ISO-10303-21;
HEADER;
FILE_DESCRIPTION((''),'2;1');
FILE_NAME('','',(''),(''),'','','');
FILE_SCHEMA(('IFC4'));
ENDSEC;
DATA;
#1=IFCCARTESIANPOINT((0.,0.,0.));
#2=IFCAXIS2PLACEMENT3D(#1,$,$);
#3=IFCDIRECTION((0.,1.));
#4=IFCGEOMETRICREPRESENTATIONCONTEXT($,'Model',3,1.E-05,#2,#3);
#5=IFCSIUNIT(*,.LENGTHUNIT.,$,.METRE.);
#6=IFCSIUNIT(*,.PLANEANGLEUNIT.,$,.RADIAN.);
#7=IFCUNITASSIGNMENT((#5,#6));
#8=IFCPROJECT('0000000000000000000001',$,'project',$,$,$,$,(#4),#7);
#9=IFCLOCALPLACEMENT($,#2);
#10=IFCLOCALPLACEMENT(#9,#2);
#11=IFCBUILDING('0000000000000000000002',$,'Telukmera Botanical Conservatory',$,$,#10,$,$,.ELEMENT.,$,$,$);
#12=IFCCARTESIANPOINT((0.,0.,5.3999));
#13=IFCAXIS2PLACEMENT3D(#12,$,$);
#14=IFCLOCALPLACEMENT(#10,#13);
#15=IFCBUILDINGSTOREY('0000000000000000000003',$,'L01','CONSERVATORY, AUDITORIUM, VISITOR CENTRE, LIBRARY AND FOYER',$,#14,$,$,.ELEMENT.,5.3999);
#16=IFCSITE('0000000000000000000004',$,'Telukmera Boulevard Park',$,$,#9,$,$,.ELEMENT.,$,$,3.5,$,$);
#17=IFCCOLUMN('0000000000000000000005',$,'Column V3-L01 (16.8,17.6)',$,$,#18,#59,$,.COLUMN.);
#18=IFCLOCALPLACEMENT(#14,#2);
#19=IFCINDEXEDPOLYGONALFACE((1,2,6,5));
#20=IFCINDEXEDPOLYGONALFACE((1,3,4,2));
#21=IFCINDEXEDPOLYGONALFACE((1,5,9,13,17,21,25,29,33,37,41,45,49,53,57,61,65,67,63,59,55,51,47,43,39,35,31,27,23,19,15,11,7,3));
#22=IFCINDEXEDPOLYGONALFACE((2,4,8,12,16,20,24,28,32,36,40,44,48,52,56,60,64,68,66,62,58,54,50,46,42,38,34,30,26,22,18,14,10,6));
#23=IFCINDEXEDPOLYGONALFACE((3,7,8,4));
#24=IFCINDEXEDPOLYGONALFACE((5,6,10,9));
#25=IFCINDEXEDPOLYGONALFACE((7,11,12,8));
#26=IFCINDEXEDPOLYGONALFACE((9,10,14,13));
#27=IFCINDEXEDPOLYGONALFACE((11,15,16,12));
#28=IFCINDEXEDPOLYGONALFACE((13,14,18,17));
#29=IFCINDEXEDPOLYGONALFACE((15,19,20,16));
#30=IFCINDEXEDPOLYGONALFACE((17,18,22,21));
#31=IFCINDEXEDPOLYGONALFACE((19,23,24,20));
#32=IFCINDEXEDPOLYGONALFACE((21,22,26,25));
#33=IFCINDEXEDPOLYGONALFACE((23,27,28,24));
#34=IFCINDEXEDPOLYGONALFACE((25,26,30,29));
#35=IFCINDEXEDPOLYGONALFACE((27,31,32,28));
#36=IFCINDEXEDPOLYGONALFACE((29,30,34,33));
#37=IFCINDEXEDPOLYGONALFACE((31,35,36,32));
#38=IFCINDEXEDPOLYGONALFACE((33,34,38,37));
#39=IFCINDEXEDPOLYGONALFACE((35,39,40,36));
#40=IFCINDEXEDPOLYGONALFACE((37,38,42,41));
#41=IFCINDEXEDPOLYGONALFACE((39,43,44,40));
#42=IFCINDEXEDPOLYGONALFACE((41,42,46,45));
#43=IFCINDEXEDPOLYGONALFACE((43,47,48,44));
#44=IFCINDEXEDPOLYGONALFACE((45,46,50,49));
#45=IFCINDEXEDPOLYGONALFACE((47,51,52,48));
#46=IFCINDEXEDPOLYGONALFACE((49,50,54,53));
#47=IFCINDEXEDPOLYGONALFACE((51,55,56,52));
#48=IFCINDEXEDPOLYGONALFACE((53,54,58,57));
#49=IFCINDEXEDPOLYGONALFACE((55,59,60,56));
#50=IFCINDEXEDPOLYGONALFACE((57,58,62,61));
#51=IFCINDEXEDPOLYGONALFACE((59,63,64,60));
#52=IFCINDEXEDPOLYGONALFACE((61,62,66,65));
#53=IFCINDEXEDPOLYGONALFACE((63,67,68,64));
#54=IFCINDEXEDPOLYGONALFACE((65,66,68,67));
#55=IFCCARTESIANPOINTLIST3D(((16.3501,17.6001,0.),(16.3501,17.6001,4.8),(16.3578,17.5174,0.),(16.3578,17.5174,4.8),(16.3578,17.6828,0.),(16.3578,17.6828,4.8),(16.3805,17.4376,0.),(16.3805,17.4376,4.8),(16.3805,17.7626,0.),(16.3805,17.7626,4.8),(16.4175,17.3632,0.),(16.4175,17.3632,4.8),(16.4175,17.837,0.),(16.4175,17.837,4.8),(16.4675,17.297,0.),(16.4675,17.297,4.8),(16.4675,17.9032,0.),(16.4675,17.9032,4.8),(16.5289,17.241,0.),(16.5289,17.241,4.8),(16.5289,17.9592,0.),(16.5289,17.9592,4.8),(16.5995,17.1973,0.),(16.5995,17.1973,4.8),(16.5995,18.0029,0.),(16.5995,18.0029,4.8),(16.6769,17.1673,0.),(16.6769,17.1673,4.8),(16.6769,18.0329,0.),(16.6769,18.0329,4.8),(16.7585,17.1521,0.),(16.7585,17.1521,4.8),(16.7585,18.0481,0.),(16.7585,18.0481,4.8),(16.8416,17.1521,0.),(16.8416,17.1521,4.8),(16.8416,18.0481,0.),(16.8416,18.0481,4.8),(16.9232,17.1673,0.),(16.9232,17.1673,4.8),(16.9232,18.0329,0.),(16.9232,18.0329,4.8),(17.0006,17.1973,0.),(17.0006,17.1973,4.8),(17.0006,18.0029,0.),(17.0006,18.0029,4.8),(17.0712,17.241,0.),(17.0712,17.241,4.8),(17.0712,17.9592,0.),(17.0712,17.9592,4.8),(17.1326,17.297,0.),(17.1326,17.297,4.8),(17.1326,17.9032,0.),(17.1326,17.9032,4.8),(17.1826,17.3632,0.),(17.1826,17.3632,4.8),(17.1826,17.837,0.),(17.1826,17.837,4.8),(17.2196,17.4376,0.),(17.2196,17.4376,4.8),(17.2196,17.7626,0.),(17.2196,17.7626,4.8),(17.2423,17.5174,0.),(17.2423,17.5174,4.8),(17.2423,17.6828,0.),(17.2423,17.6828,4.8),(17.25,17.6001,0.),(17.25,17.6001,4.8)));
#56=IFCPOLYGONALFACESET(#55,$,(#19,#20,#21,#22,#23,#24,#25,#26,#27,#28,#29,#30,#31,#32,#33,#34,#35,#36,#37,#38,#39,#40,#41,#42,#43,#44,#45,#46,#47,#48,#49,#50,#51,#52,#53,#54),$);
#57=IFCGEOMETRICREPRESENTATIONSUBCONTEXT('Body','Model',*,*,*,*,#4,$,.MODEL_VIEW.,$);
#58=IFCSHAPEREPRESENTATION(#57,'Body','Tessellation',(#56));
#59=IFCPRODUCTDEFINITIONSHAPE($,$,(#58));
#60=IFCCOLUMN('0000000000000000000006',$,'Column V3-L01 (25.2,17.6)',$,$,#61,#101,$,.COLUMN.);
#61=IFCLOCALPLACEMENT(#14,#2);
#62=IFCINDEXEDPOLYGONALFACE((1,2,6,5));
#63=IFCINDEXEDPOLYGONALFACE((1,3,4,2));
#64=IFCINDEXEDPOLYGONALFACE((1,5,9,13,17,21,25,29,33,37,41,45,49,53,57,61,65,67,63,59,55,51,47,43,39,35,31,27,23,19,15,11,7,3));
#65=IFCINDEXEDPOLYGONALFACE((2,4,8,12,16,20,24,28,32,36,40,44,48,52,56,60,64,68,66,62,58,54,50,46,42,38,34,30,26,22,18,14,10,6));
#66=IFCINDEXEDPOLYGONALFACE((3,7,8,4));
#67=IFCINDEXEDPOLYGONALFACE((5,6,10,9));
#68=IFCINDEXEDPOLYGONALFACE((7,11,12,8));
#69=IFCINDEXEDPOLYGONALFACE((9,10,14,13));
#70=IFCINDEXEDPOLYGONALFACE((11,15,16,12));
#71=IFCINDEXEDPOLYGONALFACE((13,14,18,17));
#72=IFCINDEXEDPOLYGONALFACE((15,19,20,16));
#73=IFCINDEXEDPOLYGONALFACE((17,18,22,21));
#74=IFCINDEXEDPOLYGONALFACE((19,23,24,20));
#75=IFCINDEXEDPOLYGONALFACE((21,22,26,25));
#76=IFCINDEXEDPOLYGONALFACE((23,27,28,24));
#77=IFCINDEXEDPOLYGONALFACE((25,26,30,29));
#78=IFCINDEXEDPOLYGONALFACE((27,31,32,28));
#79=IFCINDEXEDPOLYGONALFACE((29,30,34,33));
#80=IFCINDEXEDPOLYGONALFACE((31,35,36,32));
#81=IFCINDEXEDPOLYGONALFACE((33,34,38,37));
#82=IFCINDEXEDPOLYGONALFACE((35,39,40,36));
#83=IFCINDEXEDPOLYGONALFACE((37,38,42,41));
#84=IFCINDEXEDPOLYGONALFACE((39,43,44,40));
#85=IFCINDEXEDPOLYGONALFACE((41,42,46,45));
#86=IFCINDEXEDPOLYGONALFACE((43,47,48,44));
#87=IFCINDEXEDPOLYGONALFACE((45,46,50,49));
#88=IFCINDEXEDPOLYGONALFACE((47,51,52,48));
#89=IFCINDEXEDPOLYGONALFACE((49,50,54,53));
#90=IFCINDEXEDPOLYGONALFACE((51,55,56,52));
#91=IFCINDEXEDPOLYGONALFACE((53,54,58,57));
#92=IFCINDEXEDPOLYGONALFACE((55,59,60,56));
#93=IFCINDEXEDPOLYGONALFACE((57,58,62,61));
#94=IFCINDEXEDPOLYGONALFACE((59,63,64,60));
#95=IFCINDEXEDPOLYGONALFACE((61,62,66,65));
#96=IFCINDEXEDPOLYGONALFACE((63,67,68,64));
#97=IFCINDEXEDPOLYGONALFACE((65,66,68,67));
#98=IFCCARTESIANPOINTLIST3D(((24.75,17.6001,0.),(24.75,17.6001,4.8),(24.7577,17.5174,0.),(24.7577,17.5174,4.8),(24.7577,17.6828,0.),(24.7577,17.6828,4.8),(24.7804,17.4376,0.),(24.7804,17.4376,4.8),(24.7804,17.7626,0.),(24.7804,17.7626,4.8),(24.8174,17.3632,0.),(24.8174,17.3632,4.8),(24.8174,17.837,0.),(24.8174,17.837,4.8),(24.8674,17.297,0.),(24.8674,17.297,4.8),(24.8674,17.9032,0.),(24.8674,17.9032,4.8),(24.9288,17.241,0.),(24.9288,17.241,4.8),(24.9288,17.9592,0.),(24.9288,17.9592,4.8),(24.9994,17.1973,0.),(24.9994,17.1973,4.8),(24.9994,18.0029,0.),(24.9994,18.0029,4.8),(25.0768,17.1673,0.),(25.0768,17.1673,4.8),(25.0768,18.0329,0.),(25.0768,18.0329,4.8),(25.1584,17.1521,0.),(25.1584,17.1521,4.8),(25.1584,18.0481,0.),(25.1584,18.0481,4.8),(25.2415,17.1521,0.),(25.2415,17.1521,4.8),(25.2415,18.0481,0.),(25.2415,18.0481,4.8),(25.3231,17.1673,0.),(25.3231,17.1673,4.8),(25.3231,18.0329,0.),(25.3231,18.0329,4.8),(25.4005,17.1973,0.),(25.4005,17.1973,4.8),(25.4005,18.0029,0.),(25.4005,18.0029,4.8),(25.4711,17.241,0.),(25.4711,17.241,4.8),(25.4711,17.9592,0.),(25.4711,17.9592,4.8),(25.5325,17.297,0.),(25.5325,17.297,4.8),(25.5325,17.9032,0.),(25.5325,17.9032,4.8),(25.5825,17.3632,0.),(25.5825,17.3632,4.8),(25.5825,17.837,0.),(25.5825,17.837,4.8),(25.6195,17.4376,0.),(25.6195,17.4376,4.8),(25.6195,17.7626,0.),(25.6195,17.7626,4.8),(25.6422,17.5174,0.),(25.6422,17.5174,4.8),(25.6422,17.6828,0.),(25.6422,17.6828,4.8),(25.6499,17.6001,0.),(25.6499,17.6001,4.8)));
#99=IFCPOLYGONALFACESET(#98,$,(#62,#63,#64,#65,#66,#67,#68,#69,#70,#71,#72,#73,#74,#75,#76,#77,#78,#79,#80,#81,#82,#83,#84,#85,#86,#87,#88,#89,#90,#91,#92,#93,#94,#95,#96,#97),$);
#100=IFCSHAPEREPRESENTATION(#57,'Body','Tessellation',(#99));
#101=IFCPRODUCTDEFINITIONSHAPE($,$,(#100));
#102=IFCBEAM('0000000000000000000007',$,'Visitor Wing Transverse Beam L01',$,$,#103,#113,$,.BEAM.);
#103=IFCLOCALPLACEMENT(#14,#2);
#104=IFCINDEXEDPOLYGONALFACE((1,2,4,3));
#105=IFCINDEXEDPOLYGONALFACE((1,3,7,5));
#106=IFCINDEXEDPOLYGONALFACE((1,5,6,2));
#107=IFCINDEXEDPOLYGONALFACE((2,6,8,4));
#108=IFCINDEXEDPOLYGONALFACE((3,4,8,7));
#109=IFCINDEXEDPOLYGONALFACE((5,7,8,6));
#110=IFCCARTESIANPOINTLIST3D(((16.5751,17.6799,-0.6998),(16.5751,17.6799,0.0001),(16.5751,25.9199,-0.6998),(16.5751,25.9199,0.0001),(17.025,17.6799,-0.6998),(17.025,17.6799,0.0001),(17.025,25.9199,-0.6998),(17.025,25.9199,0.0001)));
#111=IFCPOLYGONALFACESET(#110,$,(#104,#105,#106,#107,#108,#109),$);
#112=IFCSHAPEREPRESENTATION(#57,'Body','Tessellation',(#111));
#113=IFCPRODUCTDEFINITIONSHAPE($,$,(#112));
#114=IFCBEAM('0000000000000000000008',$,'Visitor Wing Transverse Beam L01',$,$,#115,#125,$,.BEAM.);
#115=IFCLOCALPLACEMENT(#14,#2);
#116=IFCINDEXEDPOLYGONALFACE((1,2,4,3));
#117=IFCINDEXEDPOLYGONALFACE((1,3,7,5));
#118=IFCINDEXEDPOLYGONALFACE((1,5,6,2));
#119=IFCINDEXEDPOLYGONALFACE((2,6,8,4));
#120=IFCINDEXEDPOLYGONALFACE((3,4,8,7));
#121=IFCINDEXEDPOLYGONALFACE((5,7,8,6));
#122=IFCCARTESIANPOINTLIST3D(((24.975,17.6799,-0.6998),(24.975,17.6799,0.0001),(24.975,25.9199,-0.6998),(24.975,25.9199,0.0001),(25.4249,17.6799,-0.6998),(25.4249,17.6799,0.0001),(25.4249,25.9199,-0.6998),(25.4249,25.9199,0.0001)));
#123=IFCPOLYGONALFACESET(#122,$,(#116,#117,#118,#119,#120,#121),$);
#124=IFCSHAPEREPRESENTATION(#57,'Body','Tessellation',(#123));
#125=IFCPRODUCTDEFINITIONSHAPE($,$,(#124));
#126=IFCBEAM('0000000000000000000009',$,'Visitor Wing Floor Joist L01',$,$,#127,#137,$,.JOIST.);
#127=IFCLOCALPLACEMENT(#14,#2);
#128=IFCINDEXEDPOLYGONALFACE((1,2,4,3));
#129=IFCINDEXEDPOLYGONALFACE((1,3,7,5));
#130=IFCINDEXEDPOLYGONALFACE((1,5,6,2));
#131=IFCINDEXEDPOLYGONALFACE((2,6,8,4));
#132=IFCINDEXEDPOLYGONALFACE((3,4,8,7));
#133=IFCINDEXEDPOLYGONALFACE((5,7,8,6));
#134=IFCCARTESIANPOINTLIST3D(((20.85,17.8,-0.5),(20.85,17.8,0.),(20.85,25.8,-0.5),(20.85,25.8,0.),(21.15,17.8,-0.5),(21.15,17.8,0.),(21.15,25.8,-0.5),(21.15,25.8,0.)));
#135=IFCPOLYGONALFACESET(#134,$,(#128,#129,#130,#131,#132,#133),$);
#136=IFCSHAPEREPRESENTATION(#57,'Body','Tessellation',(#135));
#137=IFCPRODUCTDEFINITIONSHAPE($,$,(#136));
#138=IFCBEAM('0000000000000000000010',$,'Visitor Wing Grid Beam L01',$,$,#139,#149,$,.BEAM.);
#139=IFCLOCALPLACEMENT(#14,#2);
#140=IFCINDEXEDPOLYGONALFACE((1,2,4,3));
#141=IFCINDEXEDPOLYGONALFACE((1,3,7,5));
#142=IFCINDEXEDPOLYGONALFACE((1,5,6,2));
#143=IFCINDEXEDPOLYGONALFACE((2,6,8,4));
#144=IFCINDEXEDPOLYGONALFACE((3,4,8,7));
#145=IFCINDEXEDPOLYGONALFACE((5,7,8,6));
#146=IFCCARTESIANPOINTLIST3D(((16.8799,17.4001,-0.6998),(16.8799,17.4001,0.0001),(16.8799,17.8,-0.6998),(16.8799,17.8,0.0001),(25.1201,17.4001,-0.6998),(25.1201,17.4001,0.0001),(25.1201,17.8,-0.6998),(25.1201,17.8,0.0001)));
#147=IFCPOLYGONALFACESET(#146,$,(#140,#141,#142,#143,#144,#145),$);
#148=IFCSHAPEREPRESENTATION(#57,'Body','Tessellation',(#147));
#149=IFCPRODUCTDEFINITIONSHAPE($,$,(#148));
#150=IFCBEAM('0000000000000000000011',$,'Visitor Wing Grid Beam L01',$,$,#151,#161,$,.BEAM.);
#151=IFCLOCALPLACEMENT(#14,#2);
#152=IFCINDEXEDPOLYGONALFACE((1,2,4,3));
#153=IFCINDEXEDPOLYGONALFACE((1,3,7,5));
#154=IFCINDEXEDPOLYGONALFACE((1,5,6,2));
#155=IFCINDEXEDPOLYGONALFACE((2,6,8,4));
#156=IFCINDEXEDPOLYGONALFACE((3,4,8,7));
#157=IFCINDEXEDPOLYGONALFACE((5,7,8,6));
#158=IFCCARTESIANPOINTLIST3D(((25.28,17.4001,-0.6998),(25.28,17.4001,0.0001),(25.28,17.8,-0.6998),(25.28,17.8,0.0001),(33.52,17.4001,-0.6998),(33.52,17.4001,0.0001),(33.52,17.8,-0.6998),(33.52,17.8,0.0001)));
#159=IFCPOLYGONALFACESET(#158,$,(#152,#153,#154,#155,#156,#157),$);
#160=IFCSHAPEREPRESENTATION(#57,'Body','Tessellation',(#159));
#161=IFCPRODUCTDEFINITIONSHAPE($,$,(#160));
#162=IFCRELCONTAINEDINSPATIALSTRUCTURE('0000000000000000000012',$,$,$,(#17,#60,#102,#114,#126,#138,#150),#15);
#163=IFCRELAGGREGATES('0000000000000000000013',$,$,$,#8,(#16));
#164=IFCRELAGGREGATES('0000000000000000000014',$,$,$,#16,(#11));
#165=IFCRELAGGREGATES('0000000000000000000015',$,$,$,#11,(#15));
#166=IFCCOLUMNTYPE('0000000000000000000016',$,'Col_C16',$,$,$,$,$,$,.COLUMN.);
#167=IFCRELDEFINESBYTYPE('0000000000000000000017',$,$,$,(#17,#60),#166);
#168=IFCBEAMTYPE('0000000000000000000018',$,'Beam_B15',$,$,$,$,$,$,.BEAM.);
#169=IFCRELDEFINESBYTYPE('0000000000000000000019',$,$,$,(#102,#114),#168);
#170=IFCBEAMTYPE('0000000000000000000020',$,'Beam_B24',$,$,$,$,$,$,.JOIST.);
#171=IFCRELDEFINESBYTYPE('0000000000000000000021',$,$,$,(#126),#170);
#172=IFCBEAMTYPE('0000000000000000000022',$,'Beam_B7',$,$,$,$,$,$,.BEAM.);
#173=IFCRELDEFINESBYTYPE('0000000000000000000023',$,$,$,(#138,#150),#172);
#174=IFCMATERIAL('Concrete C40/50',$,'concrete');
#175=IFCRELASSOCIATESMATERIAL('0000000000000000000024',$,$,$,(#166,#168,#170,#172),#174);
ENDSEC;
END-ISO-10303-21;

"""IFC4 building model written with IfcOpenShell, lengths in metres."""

from ifc_helpers import new_model, si_unit, direction, frame, origin, origin_2d, place, context, subcontext, project, spatial, rectangle, circle, extrude, material, material_profile, profile_set, type_object, element, save


model = new_model("IFC4")

# Units and contexts
model_context = context("Model", 3, precision=1e-05, world=origin(), true_north=direction((0.0, 1.0)))
body_context = subcontext(model_context, "Body", "Model", "MODEL_VIEW")
ifc_project = project(units=[si_unit("LENGTHUNIT", "METRE"), si_unit("PLANEANGLEUNIT", "RADIAN")], contexts=[model_context])

# Site, building, storey
site_placement = place(None, origin())
site = spatial("IfcSite", under=ifc_project, at=site_placement, Name="Telukmera Boulevard Park", CompositionType="ELEMENT", RefElevation=3.5)
building_placement = place(site_placement, origin())
building = spatial("IfcBuilding", under=site, at=building_placement, Name="Telukmera Botanical Conservatory", CompositionType="ELEMENT")
storey_placement = place(building_placement, frame((0.0, 0.0, 5.3999)))
storey = spatial("IfcBuildingStorey", under=building, at=storey_placement, Name="L01", Description="CONSERVATORY, AUDITORIUM, VISITOR CENTRE, LIBRARY AND FOYER", CompositionType="ELEMENT", Elevation=5.3999)

# Columns
ifc_material_1 = material(Name="Concrete C40/50", Category="concrete")
ifc_material_profile_1 = material_profile(ifc_material_1, circle(Radius=0.45, at=origin_2d()), Name="RC D900")
ifc_profile_set_1 = profile_set([ifc_material_profile_1], Name="Concrete C40/50")
column_type = type_object("IfcColumnType", Name="Col_C16", PredefinedType="COLUMN", material=ifc_profile_set_1)
for number, where, z_axis, x_axis, name in (
    (1, (16.8, 17.6001, 0.0), (0.0, 0.0, 1.0), (1.0, 0.0, 0.0), "Column V3-L01 (16.8,17.6)"),
    (2, (25.2, 17.6001, 0.0), (0.0, 0.0, 1.0), (1.0, 0.0, 0.0), "Column V3-L01 (25.2,17.6)"),
):
    element("IfcColumn", number, at=place(storey_placement, frame(where, z_axis=z_axis, x_axis=x_axis)), inside=storey, type_object=column_type, Name=name, PredefinedType="COLUMN", context=body_context, shape_type="SweptSolid", body=[
        extrude(circle(Radius=0.45, at=origin_2d()), origin(), (0.0, 0.0, 1.0), 4.8),
    ])

# Beams
ifc_material_profile_2 = material_profile(ifc_material_1, rectangle(XDim=0.45, YDim=0.7, at=origin_2d()), Name="RC 450x700")
ifc_profile_set_2 = profile_set([ifc_material_profile_2], Name="Concrete C40/50")
beam_type_1 = type_object("IfcBeamType", Name="Beam_B15", PredefinedType="BEAM", material=ifc_profile_set_2)
for number, where, z_axis, x_axis, name in (
    (3, (16.8, 17.6799, -0.3499), (0.0, 1.0, 0.0), (-1.0, 0.0, 0.0), "Visitor Wing Transverse Beam L01"),
    (4, (25.2, 17.6799, -0.3499), (0.0, 1.0, 0.0), (-1.0, 0.0, 0.0), "Visitor Wing Transverse Beam L01"),
):
    element("IfcBeam", number, at=place(storey_placement, frame(where, z_axis=z_axis, x_axis=x_axis)), inside=storey, type_object=beam_type_1, Name=name, PredefinedType="BEAM", context=body_context, shape_type="SweptSolid", body=[
        extrude(rectangle(XDim=0.45, YDim=0.7, at=origin_2d()), origin(), (0.0, 0.0, 1.0), 8.24),
    ])
ifc_material_profile_3 = material_profile(ifc_material_1, rectangle(XDim=0.3, YDim=0.5, at=origin_2d()), Name="RC 300x500")
ifc_profile_set_3 = profile_set([ifc_material_profile_3], Name="Concrete C40/50")
beam_type_2 = type_object("IfcBeamType", Name="Beam_B24", PredefinedType="JOIST", material=ifc_profile_set_3)
beam_1_placement = place(storey_placement, frame((21.0, 17.8, -0.25), z_axis=(0.0, 1.0, 0.0), x_axis=(-1.0, 0.0, 0.0)))
element("IfcBeam", 5, at=beam_1_placement, inside=storey, type_object=beam_type_2, Name="Visitor Wing Floor Joist L01", PredefinedType="JOIST", context=body_context, shape_type="SweptSolid", body=[
    extrude(rectangle(XDim=0.3, YDim=0.5, at=origin_2d()), origin(), (0.0, 0.0, 1.0), 8.0),
])
ifc_material_profile_4 = material_profile(ifc_material_1, rectangle(XDim=0.3999, YDim=0.7, at=origin_2d()), Name="RC 400x700")
ifc_profile_set_4 = profile_set([ifc_material_profile_4], Name="Concrete C40/50")
beam_type_3 = type_object("IfcBeamType", Name="Beam_B7", PredefinedType="BEAM", material=ifc_profile_set_4)
beam_2_placement = place(storey_placement, frame((16.8799, 17.6001, -0.3499), z_axis=(1.0, 0.0, 0.0), x_axis=(0.0, 1.0, 0.0)))
element("IfcBeam", 6, at=beam_2_placement, inside=storey, type_object=beam_type_3, Name="Visitor Wing Grid Beam L01", PredefinedType="BEAM", context=body_context, shape_type="SweptSolid", body=[
    extrude(rectangle(XDim=0.3999, YDim=0.7, at=origin_2d()), origin(), (0.0, 0.0, 1.0), 8.2402),
])
beam_3_placement = place(storey_placement, frame((25.28, 17.6001, -0.3499), z_axis=(1.0, 0.0, 0.0), x_axis=(0.0, 1.0, 0.0)))
element("IfcBeam", 7, at=beam_3_placement, inside=storey, type_object=beam_type_3, Name="Visitor Wing Grid Beam L01", PredefinedType="BEAM", context=body_context, shape_type="SweptSolid", body=[
    extrude(rectangle(XDim=0.3999, YDim=0.7, at=origin_2d()), origin(), (0.0, 0.0, 1.0), 8.24),
])

save(model, "model.ifc")
